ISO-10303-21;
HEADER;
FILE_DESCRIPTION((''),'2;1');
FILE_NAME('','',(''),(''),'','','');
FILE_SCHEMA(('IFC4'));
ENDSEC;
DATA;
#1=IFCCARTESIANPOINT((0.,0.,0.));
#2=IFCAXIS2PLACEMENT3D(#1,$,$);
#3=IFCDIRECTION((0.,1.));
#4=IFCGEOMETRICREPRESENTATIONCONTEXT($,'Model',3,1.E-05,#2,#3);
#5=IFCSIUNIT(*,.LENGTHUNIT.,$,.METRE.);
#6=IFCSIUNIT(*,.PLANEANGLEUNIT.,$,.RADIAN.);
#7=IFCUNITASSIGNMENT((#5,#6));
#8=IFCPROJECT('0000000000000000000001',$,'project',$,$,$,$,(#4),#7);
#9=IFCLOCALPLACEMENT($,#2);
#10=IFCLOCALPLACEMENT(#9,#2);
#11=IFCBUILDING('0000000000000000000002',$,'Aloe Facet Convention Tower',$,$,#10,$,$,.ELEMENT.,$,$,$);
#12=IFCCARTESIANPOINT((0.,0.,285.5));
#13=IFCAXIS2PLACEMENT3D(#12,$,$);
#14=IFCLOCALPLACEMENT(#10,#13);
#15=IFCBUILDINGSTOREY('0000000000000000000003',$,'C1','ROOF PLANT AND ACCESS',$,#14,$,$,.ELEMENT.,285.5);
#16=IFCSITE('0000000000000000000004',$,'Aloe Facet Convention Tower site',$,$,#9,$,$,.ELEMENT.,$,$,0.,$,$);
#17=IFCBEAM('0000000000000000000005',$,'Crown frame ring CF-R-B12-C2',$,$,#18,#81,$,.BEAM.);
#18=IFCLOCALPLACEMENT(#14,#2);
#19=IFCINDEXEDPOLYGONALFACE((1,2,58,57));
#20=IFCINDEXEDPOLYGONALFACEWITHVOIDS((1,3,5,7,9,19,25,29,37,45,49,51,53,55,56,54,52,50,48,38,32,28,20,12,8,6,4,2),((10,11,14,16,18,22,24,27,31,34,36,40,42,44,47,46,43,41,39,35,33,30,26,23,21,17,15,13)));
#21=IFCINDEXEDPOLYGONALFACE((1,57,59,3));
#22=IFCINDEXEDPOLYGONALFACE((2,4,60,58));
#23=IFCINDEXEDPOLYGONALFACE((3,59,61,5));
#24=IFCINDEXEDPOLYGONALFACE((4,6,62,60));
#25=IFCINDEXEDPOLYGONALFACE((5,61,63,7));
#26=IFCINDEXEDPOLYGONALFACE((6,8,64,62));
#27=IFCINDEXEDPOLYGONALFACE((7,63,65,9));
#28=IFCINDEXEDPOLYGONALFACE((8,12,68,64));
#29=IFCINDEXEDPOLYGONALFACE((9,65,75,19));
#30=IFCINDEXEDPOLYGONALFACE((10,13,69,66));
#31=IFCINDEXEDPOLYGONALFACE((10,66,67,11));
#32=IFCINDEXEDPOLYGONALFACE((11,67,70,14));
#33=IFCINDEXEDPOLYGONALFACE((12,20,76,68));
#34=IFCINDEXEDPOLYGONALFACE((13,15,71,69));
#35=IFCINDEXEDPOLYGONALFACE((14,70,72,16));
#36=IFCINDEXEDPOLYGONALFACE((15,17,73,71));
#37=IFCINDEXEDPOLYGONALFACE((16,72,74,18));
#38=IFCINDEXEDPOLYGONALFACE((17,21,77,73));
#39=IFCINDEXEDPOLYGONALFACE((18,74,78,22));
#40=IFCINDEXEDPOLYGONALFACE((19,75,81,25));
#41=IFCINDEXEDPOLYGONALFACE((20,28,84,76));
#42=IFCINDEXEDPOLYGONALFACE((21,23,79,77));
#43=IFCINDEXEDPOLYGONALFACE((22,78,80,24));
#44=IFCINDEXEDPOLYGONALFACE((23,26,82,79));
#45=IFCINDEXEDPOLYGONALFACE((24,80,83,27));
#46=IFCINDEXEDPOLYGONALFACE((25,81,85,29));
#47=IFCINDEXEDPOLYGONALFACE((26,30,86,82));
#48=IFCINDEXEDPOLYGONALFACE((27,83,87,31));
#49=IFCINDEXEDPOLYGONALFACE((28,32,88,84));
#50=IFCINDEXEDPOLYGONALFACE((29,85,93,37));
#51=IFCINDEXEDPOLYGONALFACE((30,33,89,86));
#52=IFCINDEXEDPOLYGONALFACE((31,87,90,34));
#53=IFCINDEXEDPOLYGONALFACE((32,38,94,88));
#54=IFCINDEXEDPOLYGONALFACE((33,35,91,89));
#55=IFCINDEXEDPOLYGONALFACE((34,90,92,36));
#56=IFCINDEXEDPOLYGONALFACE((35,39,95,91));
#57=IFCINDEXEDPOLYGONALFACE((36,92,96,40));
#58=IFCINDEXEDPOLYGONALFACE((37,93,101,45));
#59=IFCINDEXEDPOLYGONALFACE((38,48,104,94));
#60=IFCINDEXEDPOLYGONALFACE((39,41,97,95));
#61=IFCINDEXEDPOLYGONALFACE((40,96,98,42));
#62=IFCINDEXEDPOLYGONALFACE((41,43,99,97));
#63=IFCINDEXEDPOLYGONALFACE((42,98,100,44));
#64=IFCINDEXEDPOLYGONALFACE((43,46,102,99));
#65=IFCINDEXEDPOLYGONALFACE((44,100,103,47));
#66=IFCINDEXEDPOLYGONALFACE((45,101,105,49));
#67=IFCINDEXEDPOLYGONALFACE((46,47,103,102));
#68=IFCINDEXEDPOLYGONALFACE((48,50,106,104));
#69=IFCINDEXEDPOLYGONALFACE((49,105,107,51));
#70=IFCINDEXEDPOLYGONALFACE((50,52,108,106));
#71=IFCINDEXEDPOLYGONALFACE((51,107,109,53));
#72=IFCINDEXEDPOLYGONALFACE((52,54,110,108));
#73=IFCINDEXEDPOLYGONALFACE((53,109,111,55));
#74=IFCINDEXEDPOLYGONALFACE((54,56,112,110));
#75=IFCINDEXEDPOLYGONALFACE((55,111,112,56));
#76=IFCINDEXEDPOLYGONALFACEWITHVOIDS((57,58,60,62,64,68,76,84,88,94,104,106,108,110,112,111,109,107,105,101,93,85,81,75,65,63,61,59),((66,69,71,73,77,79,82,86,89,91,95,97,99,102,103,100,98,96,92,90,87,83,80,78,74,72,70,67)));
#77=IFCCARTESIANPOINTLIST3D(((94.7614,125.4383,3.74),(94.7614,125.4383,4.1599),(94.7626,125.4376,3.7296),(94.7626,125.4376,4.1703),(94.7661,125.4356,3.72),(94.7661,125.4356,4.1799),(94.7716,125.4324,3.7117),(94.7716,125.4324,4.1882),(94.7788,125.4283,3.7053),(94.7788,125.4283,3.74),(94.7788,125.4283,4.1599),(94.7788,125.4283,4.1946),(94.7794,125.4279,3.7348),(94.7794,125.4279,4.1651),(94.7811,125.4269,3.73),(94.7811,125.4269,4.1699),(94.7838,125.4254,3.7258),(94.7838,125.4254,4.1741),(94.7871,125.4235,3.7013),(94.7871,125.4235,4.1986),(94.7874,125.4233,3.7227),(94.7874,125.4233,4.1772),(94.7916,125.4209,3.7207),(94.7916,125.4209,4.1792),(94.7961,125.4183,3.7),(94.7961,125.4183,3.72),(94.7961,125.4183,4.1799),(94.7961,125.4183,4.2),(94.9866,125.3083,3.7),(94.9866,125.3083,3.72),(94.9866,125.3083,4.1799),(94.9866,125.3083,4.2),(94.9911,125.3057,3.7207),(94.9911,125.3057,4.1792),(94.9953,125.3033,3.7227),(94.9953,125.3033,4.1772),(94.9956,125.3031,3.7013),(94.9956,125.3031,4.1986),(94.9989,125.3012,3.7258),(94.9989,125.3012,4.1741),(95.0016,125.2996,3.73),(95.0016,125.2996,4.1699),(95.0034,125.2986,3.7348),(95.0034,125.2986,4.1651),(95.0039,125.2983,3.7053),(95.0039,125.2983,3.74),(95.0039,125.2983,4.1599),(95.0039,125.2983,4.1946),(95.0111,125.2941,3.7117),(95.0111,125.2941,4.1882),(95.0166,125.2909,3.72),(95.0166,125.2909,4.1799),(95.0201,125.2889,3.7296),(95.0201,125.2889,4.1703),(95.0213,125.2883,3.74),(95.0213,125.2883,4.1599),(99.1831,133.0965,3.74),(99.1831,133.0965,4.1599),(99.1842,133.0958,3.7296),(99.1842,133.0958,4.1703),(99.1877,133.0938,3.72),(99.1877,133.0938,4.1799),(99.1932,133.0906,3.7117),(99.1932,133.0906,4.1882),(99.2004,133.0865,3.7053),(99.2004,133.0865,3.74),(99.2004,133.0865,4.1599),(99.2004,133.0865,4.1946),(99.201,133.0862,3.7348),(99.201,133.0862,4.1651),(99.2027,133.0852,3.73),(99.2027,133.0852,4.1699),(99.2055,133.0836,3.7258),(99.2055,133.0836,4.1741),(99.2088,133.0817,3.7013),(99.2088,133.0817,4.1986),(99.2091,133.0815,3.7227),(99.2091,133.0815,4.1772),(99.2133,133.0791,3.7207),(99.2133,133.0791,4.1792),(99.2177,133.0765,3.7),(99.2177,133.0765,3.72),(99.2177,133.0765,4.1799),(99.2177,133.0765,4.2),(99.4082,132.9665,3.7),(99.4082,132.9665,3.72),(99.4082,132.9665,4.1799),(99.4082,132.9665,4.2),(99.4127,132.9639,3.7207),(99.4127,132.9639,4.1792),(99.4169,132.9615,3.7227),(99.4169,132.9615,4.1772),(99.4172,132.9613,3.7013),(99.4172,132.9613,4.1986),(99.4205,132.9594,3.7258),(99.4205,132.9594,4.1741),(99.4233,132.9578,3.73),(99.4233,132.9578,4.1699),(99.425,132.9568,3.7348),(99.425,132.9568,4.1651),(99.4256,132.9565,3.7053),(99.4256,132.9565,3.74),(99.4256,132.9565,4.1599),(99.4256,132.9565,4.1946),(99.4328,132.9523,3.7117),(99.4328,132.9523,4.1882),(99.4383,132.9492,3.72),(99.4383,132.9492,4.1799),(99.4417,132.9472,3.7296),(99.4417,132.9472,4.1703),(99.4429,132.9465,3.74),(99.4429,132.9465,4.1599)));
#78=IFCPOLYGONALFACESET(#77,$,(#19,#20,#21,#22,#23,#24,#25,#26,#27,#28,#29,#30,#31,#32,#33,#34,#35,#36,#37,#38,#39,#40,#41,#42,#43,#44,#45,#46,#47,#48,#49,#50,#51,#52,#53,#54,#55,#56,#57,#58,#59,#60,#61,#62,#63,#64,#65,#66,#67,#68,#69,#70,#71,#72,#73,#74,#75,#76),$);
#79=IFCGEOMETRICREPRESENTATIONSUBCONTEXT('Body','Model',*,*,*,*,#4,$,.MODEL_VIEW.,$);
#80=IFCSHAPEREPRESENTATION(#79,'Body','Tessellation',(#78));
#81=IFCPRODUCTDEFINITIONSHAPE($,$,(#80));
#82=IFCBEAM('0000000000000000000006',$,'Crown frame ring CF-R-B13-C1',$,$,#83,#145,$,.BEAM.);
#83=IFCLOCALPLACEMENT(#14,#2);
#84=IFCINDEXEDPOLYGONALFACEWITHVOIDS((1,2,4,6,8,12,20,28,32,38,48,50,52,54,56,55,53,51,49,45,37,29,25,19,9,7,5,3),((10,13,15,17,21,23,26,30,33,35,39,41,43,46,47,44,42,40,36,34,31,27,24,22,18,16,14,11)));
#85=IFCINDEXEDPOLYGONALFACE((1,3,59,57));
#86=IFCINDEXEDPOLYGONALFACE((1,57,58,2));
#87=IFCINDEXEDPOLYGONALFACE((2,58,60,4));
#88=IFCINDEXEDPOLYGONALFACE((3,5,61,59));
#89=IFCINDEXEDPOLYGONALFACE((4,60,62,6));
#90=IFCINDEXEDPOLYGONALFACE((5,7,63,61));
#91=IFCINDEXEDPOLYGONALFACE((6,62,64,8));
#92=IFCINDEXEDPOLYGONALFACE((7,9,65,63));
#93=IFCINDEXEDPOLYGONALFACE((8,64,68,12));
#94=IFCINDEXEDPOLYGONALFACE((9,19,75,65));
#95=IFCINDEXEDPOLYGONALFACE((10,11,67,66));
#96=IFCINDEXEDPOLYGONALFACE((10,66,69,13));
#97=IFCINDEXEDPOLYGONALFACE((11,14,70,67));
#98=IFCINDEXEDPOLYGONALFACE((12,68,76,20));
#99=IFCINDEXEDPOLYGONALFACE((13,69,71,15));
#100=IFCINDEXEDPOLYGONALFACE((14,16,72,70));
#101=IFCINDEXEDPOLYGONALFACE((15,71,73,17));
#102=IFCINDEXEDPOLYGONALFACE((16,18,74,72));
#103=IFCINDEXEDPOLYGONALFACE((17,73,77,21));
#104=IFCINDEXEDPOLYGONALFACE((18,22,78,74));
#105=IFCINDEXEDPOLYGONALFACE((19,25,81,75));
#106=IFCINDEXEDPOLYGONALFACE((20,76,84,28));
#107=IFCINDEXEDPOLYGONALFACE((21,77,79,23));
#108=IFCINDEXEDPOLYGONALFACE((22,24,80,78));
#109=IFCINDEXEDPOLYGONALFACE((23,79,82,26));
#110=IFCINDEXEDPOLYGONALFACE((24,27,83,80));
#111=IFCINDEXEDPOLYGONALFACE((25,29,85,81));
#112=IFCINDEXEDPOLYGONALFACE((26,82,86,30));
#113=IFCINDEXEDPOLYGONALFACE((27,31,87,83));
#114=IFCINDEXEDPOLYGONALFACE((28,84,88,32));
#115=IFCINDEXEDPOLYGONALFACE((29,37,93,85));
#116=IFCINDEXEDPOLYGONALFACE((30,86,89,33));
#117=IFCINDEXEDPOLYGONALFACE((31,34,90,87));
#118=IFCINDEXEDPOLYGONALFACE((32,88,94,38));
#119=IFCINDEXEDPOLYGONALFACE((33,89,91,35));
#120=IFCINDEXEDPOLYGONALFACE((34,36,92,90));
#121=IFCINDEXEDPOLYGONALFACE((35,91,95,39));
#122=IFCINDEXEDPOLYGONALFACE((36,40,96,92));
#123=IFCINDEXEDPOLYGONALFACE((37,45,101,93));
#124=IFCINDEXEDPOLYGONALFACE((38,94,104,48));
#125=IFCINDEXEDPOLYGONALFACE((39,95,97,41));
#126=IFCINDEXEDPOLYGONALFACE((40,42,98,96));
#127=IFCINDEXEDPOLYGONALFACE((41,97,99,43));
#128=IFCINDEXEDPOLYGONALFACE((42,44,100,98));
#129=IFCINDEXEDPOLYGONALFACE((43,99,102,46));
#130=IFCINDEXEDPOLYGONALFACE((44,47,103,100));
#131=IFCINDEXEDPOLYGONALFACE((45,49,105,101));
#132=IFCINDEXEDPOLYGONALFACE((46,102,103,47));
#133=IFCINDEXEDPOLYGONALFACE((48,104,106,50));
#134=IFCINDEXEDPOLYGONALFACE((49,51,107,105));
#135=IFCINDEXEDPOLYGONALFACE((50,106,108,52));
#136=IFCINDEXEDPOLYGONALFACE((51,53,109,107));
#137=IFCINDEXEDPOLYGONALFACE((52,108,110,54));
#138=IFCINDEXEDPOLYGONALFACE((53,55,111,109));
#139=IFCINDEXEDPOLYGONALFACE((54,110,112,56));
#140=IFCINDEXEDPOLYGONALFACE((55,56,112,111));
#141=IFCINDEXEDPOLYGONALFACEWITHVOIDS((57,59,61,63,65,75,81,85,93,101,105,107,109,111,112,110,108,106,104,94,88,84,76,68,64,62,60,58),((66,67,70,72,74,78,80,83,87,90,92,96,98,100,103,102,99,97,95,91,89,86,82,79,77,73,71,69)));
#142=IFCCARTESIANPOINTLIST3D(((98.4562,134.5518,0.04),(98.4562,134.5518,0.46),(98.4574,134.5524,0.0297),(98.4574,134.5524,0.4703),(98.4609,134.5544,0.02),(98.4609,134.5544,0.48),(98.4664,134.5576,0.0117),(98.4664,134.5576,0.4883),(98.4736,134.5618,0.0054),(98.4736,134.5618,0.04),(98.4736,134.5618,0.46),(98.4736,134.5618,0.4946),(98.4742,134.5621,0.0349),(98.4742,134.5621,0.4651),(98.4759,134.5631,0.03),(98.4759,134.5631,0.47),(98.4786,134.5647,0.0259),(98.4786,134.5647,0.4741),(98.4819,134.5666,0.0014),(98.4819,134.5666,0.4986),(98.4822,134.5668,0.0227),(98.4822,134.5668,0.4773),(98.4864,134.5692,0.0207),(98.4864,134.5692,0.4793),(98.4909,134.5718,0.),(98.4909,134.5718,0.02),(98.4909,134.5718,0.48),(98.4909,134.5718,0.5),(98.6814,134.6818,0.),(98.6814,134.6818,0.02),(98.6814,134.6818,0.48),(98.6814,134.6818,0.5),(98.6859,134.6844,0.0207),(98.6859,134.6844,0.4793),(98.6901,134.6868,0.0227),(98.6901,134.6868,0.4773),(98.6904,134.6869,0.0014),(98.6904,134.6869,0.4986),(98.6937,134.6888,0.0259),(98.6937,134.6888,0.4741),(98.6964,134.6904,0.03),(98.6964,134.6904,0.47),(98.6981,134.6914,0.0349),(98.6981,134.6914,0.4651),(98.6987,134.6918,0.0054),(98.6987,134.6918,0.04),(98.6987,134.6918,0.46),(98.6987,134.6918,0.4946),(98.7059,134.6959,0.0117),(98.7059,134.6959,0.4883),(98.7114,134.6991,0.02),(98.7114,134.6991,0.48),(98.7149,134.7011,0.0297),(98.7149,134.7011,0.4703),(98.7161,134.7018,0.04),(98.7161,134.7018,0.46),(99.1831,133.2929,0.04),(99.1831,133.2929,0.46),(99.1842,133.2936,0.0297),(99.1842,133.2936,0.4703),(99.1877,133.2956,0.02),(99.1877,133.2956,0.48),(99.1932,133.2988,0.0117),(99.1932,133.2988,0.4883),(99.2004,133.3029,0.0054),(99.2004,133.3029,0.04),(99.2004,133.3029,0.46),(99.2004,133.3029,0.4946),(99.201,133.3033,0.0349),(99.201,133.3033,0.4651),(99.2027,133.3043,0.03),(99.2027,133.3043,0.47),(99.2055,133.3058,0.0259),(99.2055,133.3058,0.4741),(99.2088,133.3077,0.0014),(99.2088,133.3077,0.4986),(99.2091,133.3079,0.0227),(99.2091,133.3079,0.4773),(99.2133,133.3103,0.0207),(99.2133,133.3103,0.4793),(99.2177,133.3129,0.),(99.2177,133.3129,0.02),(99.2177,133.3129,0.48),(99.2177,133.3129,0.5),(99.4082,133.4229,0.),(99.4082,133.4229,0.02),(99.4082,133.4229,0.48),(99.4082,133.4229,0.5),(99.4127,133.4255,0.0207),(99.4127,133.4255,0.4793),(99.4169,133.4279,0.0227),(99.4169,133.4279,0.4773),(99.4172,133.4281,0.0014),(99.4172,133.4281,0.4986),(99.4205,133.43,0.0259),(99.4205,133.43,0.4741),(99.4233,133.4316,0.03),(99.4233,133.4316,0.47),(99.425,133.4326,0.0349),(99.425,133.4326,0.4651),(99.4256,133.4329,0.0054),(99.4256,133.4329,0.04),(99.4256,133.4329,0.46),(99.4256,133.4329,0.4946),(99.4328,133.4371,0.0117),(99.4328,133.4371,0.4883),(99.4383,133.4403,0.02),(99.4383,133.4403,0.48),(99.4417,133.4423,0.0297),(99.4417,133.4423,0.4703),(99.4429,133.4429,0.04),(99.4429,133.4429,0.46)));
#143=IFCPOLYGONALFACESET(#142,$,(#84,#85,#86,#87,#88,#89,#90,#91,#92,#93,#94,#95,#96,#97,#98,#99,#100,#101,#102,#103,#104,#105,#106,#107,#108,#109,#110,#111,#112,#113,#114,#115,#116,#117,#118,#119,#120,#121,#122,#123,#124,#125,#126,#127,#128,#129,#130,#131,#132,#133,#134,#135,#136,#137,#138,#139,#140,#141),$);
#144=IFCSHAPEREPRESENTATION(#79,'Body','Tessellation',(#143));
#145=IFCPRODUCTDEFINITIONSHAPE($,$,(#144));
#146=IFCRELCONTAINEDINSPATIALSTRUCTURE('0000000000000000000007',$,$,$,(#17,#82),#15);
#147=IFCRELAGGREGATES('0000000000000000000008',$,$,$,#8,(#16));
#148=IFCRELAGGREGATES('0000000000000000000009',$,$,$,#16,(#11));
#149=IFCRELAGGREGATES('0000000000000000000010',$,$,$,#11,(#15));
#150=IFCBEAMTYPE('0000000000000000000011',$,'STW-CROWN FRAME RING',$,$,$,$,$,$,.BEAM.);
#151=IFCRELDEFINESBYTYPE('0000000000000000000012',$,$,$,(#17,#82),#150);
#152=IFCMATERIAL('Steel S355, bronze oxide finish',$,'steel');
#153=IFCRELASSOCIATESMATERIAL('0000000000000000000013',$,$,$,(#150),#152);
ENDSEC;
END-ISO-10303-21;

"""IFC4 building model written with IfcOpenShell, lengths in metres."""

from ifc_helpers import new_model, si_unit, direction, frame, origin, origin_2d, place, context, subcontext, project, spatial, hollow_rectangle, extrude, material, material_profile, profile_set, type_object, element, save


model = new_model("IFC4")

# Units and contexts
model_context = context("Model", 3, precision=1e-05, world=origin(), true_north=direction((0.0, 1.0)))
body_context = subcontext(model_context, "Body", "Model", "MODEL_VIEW")
ifc_project = project(units=[si_unit("LENGTHUNIT", "METRE"), si_unit("PLANEANGLEUNIT", "RADIAN")], contexts=[model_context])

# Site, building, storey
site_placement = place(None, origin())
site = spatial("IfcSite", under=ifc_project, at=site_placement, Name="Aloe Facet Convention Tower site", CompositionType="ELEMENT", RefElevation=0.0)
building_placement = place(site_placement, origin())
building = spatial("IfcBuilding", under=site, at=building_placement, Name="Aloe Facet Convention Tower", CompositionType="ELEMENT")
storey_placement = place(building_placement, frame((0.0, 0.0, 285.5)))
storey = spatial("IfcBuildingStorey", under=building, at=storey_placement, Name="C1", Description="ROOF PLANT AND ACCESS", CompositionType="ELEMENT", Elevation=285.5)

# Beams
ifc_material_1 = material(Name="Steel S355, bronze oxide finish", Category="steel")
ifc_material_profile_1 = material_profile(ifc_material_1, hollow_rectangle(XDim=0.3, YDim=0.5, WallThickness=0.02, InnerFilletRadius=0.02, OuterFilletRadius=0.04, at=origin_2d()), Name="RHS 500x300x20")
ifc_profile_set_1 = profile_set([ifc_material_profile_1], Name="Steel S355, bronze oxide finish")
beam_type = type_object("IfcBeamType", Name="STW-CROWN FRAME RING", PredefinedType="BEAM", material=ifc_profile_set_1)
for number, where, z_axis, x_axis, name in (
    (1, (94.8914, 125.3633, 3.95), (0.500014, 0.866017, 0.0), (-0.866017, 0.500014, 0.0), "Crown frame ring CF-R-B12-C2"),
):
    element("IfcBeam", number, at=place(storey_placement, frame(where, z_axis=z_axis, x_axis=x_axis)), inside=storey, type_object=beam_type, Name=name, PredefinedType="BEAM", context=body_context, shape_type="SweptSolid", body=[
        extrude(hollow_rectangle(XDim=0.3, YDim=0.5, WallThickness=0.02, InnerFilletRadius=0.02, OuterFilletRadius=0.04, at=origin_2d()), origin(), (0.0, 0.0, 1.0), 8.843),
    ])
for number, where, z_axis, x_axis, name in (
    (2, (99.313, 133.3679, 0.25), (-0.500023, 0.866012, 0.0), (-0.866012, -0.500023, 0.0), "Crown frame ring CF-R-B13-C1"),
):
    element("IfcBeam", number, at=place(storey_placement, frame(where, z_axis=z_axis, x_axis=x_axis)), inside=storey, type_object=beam_type, Name=name, PredefinedType="BEAM", context=body_context, shape_type="SweptSolid", body=[
        extrude(hollow_rectangle(XDim=0.3, YDim=0.5, WallThickness=0.02, InnerFilletRadius=0.02, OuterFilletRadius=0.04, at=origin_2d()), origin(), (0.0, 0.0, 1.0), 1.4536),
    ])

save(model, "model.ifc")
